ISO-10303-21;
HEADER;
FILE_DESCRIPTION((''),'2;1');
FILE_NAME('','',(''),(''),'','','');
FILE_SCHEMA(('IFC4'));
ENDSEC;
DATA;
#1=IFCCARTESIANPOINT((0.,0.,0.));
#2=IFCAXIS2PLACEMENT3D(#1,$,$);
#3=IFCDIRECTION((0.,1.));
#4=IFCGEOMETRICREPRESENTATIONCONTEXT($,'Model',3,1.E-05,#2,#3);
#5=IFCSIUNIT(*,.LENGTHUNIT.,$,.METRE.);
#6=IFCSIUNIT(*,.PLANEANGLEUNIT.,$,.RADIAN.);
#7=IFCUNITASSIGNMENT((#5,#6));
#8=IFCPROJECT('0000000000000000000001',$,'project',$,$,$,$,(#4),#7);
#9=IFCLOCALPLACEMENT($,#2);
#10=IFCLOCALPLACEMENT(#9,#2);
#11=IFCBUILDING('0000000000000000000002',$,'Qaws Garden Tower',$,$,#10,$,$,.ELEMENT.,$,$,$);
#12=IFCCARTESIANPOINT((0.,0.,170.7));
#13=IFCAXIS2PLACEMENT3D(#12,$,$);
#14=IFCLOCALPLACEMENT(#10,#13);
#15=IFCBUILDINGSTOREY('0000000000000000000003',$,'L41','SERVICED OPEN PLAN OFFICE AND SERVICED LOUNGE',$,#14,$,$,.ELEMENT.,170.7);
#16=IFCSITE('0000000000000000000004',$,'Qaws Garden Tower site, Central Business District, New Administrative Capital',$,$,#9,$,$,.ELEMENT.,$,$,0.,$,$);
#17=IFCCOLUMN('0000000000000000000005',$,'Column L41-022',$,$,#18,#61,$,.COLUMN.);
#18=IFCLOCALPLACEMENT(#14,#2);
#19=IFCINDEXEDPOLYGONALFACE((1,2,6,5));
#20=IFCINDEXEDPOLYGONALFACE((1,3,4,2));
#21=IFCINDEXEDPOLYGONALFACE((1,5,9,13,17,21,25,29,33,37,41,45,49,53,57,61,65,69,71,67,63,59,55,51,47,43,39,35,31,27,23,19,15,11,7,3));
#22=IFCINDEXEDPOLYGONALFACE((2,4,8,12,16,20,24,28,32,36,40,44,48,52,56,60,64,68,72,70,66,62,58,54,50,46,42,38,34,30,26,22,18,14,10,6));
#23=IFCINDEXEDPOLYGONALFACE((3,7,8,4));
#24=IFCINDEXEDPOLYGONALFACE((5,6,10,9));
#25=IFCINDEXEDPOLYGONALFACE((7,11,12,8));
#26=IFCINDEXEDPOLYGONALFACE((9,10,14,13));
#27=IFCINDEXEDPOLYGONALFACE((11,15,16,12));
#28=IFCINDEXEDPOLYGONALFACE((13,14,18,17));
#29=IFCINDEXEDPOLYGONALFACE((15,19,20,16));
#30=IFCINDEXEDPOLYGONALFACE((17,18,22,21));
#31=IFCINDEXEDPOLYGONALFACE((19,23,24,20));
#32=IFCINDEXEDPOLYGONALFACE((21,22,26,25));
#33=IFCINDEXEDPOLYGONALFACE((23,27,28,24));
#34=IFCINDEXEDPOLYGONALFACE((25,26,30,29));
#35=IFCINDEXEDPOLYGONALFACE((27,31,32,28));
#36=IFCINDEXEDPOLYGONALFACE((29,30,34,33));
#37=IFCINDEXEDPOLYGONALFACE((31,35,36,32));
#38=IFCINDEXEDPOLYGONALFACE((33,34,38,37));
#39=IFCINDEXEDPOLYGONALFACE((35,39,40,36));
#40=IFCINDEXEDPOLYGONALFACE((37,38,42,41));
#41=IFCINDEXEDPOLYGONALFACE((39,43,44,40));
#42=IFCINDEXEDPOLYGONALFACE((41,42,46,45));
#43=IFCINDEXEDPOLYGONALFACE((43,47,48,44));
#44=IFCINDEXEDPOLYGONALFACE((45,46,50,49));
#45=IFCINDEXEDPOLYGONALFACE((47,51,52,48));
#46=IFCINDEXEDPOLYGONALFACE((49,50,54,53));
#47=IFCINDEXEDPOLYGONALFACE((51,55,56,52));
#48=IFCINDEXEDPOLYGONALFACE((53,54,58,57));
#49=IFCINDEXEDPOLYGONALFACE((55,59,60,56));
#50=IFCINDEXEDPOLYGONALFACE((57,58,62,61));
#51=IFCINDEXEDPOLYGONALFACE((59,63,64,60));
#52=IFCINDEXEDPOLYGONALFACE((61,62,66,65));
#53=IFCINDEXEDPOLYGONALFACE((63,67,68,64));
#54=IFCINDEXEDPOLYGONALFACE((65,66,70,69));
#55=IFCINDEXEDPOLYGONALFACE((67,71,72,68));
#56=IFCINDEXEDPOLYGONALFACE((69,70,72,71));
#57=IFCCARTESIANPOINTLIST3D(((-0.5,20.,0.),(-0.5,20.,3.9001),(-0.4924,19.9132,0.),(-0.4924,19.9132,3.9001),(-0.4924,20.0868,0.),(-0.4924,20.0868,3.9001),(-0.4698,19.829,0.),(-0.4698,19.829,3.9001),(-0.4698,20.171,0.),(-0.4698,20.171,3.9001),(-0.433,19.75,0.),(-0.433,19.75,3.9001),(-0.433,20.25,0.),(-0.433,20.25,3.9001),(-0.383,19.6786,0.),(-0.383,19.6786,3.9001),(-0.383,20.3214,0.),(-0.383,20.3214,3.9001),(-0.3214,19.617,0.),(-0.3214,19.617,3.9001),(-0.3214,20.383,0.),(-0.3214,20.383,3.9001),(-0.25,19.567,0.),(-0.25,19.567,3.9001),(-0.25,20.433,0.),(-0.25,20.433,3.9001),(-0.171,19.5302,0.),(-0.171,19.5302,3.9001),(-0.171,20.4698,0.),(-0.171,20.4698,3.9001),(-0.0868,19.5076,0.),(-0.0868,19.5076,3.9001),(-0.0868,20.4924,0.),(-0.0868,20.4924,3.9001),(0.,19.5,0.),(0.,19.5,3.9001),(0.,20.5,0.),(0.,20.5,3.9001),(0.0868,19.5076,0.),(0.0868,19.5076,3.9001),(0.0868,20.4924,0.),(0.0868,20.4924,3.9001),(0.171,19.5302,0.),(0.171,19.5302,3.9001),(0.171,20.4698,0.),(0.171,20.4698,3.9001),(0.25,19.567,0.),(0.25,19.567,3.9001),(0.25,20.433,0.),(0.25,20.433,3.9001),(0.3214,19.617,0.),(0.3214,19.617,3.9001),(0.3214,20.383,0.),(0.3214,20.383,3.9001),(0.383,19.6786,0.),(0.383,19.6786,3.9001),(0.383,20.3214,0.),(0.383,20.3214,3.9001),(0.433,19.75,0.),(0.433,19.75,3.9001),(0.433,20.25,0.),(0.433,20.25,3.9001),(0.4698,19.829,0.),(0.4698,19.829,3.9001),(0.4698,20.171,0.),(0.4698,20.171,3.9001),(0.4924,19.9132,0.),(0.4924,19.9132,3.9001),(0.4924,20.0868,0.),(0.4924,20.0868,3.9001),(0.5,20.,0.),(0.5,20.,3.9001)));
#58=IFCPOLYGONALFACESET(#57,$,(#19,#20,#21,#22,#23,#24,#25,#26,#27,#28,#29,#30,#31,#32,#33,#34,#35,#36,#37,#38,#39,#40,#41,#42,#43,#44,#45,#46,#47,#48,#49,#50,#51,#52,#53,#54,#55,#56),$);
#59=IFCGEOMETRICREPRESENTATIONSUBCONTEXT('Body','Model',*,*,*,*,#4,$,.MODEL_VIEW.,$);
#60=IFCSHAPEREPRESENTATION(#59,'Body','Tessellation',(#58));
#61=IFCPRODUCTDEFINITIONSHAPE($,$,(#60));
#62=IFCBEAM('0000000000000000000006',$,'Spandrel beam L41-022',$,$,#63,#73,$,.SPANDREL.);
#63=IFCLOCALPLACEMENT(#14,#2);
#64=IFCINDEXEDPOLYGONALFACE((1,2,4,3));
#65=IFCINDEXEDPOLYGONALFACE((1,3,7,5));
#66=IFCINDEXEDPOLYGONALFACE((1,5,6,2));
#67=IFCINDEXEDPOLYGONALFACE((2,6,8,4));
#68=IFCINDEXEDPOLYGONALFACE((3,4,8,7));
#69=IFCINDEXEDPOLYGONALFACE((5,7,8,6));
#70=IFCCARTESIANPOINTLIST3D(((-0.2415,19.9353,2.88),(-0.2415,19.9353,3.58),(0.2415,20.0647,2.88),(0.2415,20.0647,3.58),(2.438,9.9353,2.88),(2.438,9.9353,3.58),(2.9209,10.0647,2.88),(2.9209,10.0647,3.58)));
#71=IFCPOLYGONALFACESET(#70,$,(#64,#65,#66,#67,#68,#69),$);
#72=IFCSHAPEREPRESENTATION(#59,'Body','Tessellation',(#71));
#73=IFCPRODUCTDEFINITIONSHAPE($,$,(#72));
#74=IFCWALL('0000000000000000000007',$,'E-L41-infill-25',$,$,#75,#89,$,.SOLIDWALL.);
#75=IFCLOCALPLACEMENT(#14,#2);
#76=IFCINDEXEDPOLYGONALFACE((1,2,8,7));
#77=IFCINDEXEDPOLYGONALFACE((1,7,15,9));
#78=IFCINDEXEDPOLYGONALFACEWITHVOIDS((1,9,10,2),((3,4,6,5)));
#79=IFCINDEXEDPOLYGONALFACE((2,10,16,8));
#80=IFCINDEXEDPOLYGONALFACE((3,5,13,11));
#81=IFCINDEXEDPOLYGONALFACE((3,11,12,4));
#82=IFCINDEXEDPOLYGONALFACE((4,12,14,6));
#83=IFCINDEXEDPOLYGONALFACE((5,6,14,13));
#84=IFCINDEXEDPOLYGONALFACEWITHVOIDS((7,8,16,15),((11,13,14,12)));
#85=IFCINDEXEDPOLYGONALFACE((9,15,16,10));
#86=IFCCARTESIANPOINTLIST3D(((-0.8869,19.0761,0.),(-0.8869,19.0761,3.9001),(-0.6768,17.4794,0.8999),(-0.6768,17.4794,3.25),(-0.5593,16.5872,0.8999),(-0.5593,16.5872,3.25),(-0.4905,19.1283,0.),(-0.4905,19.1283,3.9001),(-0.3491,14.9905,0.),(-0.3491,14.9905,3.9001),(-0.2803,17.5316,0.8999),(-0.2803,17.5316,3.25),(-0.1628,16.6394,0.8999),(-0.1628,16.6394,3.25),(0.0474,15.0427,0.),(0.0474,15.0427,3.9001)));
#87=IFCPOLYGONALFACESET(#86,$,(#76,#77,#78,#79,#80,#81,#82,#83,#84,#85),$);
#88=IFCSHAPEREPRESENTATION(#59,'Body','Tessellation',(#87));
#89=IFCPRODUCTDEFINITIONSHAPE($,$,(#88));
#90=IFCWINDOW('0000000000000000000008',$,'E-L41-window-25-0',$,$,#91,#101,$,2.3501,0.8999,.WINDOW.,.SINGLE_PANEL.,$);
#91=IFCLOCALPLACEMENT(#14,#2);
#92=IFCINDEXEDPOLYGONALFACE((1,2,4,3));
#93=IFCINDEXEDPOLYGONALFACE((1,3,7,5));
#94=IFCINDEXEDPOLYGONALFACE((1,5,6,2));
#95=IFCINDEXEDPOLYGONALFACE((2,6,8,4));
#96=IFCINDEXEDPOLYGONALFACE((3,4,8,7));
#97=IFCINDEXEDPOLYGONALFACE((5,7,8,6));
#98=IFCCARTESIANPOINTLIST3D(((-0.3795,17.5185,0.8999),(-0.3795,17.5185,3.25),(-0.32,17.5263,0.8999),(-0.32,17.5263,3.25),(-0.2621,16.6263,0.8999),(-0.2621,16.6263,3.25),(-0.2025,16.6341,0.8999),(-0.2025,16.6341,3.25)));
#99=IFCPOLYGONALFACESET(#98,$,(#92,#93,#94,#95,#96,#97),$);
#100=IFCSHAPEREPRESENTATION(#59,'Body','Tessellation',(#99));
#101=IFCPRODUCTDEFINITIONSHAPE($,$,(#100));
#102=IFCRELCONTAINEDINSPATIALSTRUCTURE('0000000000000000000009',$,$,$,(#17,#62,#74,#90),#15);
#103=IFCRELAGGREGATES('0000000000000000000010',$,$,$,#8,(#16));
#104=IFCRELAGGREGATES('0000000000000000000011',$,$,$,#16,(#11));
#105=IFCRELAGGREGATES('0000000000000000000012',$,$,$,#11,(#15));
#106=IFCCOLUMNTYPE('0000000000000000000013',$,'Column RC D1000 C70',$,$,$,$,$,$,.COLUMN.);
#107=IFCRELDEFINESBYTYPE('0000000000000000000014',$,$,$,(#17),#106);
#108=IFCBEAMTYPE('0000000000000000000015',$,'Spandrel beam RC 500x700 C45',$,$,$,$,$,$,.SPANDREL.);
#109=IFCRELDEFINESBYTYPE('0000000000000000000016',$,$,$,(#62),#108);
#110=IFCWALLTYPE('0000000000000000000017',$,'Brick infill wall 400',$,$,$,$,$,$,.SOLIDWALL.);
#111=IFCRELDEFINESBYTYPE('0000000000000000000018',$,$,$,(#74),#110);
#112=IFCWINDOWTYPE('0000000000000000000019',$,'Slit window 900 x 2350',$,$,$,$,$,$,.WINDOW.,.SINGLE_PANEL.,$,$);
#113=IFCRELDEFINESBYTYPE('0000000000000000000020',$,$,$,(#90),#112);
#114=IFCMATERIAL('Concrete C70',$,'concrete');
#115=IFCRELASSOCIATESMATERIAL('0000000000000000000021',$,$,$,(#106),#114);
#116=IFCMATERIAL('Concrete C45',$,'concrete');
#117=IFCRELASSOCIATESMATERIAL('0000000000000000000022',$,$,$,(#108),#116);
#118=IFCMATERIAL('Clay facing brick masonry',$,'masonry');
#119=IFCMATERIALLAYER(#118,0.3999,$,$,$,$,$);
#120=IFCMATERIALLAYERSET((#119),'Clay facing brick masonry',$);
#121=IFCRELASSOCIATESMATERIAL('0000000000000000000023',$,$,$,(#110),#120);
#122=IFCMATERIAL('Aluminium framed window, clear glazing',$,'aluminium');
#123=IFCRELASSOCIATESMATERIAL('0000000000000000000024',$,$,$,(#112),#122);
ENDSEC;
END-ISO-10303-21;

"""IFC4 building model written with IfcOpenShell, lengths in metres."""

from ifc_helpers import new_model, si_unit, direction, frame, frame_2d, origin, origin_2d, place, context, subcontext, project, spatial, rectangle, circle, extrude, material, layer, layer_set, material_profile, profile_set, type_object, element, fill, save


model = new_model("IFC4")

# Units and contexts
model_context = context("Model", 3, precision=1e-05, world=origin(), true_north=direction((0.0, 1.0)))
body_context = subcontext(model_context, "Body", "Model", "MODEL_VIEW")
ifc_project = project(units=[si_unit("LENGTHUNIT", "METRE"), si_unit("PLANEANGLEUNIT", "RADIAN")], contexts=[model_context])

# Site, building, storey
site_placement = place(None, origin())
site = spatial("IfcSite", under=ifc_project, at=site_placement, Name="Qaws Garden Tower site, Central Business District, New Administrative Capital", CompositionType="ELEMENT", RefElevation=0.0)
building_placement = place(site_placement, origin())
building = spatial("IfcBuilding", under=site, at=building_placement, Name="Qaws Garden Tower", CompositionType="ELEMENT")
storey_placement = place(building_placement, frame((0.0, 0.0, 170.7)))
storey = spatial("IfcBuildingStorey", under=building, at=storey_placement, Name="L41", Description="SERVICED OPEN PLAN OFFICE AND SERVICED LOUNGE", CompositionType="ELEMENT", Elevation=170.7)

# Column
ifc_material_1 = material(Name="Concrete C70", Category="concrete")
ifc_material_profile_1 = material_profile(ifc_material_1, circle(Radius=0.5, at=origin_2d()), Name="RC D1000")
ifc_profile_set_1 = profile_set([ifc_material_profile_1], Name="Concrete C70")
column_type = type_object("IfcColumnType", Name="Column RC D1000 C70", PredefinedType="COLUMN", material=ifc_profile_set_1)
column_placement = place(storey_placement, frame((0.0, 20.0, 0.0), z_axis=(0.0, 0.0, 1.0), x_axis=(1.0, 0.0, 0.0)))
element("IfcColumn", 1, at=column_placement, inside=storey, type_object=column_type, Name="Column L41-022", PredefinedType="COLUMN", context=body_context, shape_type="SweptSolid", body=[
    extrude(circle(Radius=0.5, at=origin_2d()), origin(), (0.0, 0.0, 1.0), 3.9001),
])

# Beam
ifc_material_2 = material(Name="Concrete C45", Category="concrete")
ifc_material_profile_2 = material_profile(ifc_material_2, rectangle(XDim=0.5, YDim=0.7, at=origin_2d()), Name="RC 500x700")
ifc_profile_set_2 = profile_set([ifc_material_profile_2], Name="Concrete C45")
beam_type = type_object("IfcBeamType", Name="Spandrel beam RC 500x700 C45", PredefinedType="SPANDREL", material=ifc_profile_set_2)
beam_placement = place(storey_placement, frame((0.0, 20.0, 3.23), z_axis=(0.258815, -0.965927, 0.0), x_axis=(0.965927, 0.258815, 0.0)))
element("IfcBeam", 2, at=beam_placement, inside=storey, type_object=beam_type, Name="Spandrel beam L41-022", PredefinedType="SPANDREL", context=body_context, shape_type="SweptSolid", body=[
    extrude(rectangle(XDim=0.5, YDim=0.7, at=origin_2d()), origin(), (0.0, 0.0, 1.0), 10.3528),
])

# Wall, opening, window
ifc_material_3 = material(Name="Clay facing brick masonry", Category="masonry")
ifc_layer_1 = layer(ifc_material_3, 0.3999)
ifc_layer_set_1 = layer_set([ifc_layer_1], Name="Clay facing brick masonry")
wall_type_1 = type_object("IfcWallType", Name="Brick infill wall 400", PredefinedType="SOLIDWALL", material=ifc_layer_set_1)
wall_1_placement = place(storey_placement, frame((-0.6887, 19.1023, 0.0), z_axis=(0.0, 0.0, 1.0), x_axis=(0.130514, -0.991446, 0.0)))
wall_1 = element("IfcWall", 3, at=wall_1_placement, inside=storey, type_object=wall_type_1, Name="E-L41-infill-25", PredefinedType="SOLIDWALL", context=body_context, shape_type="SweptSolid", body=[
    extrude(rectangle(XDim=4.1208, YDim=0.3999, at=frame_2d((2.0605, 0.0))), origin(), (0.0, 0.0, 1.0), 3.9001),
])
opening_1_placement = place(wall_1_placement, frame((1.6106, 0.0, 0.8999)))
opening_1 = element("IfcOpeningElement", 4, at=opening_1_placement, cuts=wall_1, PredefinedType="OPENING", context=body_context, shape_type="SweptSolid", body=[
    extrude(rectangle(XDim=0.8999, YDim=2.3501, at=frame_2d((0.45, 1.175))), frame((0.0, 0.21, 0.0), z_axis=(0.0, -1.0, 0.0), x_axis=(1.0, 0.0, 0.0)), (0.0, 0.0, 1.0), 0.4199),
])
ifc_material_4 = material(Name="Aluminium framed window, clear glazing", Category="aluminium")
window_type = type_object("IfcWindowType", Name="Slit window 900 x 2350", PartitioningType="SINGLE_PANEL", PredefinedType="WINDOW", material=ifc_material_4)
window_placement = place(opening_1_placement, origin())
window = element("IfcWindow", 5, at=window_placement, inside=storey, type_object=window_type, Name="E-L41-window-25-0", OverallHeight=2.3501, OverallWidth=0.8999, PartitioningType="SINGLE_PANEL", PredefinedType="WINDOW", context=body_context, shape_type="SweptSolid", body=[
    extrude(rectangle(XDim=0.8999, YDim=2.3501, at=frame_2d((0.45, 1.175))), frame((0.0, 0.1599, 0.0), z_axis=(0.0, -1.0, 0.0), x_axis=(1.0, 0.0, 0.0)), (0.0, 0.0, 1.0), 0.0601),
])
fill(opening_1, window)

save(model, "model.ifc")
